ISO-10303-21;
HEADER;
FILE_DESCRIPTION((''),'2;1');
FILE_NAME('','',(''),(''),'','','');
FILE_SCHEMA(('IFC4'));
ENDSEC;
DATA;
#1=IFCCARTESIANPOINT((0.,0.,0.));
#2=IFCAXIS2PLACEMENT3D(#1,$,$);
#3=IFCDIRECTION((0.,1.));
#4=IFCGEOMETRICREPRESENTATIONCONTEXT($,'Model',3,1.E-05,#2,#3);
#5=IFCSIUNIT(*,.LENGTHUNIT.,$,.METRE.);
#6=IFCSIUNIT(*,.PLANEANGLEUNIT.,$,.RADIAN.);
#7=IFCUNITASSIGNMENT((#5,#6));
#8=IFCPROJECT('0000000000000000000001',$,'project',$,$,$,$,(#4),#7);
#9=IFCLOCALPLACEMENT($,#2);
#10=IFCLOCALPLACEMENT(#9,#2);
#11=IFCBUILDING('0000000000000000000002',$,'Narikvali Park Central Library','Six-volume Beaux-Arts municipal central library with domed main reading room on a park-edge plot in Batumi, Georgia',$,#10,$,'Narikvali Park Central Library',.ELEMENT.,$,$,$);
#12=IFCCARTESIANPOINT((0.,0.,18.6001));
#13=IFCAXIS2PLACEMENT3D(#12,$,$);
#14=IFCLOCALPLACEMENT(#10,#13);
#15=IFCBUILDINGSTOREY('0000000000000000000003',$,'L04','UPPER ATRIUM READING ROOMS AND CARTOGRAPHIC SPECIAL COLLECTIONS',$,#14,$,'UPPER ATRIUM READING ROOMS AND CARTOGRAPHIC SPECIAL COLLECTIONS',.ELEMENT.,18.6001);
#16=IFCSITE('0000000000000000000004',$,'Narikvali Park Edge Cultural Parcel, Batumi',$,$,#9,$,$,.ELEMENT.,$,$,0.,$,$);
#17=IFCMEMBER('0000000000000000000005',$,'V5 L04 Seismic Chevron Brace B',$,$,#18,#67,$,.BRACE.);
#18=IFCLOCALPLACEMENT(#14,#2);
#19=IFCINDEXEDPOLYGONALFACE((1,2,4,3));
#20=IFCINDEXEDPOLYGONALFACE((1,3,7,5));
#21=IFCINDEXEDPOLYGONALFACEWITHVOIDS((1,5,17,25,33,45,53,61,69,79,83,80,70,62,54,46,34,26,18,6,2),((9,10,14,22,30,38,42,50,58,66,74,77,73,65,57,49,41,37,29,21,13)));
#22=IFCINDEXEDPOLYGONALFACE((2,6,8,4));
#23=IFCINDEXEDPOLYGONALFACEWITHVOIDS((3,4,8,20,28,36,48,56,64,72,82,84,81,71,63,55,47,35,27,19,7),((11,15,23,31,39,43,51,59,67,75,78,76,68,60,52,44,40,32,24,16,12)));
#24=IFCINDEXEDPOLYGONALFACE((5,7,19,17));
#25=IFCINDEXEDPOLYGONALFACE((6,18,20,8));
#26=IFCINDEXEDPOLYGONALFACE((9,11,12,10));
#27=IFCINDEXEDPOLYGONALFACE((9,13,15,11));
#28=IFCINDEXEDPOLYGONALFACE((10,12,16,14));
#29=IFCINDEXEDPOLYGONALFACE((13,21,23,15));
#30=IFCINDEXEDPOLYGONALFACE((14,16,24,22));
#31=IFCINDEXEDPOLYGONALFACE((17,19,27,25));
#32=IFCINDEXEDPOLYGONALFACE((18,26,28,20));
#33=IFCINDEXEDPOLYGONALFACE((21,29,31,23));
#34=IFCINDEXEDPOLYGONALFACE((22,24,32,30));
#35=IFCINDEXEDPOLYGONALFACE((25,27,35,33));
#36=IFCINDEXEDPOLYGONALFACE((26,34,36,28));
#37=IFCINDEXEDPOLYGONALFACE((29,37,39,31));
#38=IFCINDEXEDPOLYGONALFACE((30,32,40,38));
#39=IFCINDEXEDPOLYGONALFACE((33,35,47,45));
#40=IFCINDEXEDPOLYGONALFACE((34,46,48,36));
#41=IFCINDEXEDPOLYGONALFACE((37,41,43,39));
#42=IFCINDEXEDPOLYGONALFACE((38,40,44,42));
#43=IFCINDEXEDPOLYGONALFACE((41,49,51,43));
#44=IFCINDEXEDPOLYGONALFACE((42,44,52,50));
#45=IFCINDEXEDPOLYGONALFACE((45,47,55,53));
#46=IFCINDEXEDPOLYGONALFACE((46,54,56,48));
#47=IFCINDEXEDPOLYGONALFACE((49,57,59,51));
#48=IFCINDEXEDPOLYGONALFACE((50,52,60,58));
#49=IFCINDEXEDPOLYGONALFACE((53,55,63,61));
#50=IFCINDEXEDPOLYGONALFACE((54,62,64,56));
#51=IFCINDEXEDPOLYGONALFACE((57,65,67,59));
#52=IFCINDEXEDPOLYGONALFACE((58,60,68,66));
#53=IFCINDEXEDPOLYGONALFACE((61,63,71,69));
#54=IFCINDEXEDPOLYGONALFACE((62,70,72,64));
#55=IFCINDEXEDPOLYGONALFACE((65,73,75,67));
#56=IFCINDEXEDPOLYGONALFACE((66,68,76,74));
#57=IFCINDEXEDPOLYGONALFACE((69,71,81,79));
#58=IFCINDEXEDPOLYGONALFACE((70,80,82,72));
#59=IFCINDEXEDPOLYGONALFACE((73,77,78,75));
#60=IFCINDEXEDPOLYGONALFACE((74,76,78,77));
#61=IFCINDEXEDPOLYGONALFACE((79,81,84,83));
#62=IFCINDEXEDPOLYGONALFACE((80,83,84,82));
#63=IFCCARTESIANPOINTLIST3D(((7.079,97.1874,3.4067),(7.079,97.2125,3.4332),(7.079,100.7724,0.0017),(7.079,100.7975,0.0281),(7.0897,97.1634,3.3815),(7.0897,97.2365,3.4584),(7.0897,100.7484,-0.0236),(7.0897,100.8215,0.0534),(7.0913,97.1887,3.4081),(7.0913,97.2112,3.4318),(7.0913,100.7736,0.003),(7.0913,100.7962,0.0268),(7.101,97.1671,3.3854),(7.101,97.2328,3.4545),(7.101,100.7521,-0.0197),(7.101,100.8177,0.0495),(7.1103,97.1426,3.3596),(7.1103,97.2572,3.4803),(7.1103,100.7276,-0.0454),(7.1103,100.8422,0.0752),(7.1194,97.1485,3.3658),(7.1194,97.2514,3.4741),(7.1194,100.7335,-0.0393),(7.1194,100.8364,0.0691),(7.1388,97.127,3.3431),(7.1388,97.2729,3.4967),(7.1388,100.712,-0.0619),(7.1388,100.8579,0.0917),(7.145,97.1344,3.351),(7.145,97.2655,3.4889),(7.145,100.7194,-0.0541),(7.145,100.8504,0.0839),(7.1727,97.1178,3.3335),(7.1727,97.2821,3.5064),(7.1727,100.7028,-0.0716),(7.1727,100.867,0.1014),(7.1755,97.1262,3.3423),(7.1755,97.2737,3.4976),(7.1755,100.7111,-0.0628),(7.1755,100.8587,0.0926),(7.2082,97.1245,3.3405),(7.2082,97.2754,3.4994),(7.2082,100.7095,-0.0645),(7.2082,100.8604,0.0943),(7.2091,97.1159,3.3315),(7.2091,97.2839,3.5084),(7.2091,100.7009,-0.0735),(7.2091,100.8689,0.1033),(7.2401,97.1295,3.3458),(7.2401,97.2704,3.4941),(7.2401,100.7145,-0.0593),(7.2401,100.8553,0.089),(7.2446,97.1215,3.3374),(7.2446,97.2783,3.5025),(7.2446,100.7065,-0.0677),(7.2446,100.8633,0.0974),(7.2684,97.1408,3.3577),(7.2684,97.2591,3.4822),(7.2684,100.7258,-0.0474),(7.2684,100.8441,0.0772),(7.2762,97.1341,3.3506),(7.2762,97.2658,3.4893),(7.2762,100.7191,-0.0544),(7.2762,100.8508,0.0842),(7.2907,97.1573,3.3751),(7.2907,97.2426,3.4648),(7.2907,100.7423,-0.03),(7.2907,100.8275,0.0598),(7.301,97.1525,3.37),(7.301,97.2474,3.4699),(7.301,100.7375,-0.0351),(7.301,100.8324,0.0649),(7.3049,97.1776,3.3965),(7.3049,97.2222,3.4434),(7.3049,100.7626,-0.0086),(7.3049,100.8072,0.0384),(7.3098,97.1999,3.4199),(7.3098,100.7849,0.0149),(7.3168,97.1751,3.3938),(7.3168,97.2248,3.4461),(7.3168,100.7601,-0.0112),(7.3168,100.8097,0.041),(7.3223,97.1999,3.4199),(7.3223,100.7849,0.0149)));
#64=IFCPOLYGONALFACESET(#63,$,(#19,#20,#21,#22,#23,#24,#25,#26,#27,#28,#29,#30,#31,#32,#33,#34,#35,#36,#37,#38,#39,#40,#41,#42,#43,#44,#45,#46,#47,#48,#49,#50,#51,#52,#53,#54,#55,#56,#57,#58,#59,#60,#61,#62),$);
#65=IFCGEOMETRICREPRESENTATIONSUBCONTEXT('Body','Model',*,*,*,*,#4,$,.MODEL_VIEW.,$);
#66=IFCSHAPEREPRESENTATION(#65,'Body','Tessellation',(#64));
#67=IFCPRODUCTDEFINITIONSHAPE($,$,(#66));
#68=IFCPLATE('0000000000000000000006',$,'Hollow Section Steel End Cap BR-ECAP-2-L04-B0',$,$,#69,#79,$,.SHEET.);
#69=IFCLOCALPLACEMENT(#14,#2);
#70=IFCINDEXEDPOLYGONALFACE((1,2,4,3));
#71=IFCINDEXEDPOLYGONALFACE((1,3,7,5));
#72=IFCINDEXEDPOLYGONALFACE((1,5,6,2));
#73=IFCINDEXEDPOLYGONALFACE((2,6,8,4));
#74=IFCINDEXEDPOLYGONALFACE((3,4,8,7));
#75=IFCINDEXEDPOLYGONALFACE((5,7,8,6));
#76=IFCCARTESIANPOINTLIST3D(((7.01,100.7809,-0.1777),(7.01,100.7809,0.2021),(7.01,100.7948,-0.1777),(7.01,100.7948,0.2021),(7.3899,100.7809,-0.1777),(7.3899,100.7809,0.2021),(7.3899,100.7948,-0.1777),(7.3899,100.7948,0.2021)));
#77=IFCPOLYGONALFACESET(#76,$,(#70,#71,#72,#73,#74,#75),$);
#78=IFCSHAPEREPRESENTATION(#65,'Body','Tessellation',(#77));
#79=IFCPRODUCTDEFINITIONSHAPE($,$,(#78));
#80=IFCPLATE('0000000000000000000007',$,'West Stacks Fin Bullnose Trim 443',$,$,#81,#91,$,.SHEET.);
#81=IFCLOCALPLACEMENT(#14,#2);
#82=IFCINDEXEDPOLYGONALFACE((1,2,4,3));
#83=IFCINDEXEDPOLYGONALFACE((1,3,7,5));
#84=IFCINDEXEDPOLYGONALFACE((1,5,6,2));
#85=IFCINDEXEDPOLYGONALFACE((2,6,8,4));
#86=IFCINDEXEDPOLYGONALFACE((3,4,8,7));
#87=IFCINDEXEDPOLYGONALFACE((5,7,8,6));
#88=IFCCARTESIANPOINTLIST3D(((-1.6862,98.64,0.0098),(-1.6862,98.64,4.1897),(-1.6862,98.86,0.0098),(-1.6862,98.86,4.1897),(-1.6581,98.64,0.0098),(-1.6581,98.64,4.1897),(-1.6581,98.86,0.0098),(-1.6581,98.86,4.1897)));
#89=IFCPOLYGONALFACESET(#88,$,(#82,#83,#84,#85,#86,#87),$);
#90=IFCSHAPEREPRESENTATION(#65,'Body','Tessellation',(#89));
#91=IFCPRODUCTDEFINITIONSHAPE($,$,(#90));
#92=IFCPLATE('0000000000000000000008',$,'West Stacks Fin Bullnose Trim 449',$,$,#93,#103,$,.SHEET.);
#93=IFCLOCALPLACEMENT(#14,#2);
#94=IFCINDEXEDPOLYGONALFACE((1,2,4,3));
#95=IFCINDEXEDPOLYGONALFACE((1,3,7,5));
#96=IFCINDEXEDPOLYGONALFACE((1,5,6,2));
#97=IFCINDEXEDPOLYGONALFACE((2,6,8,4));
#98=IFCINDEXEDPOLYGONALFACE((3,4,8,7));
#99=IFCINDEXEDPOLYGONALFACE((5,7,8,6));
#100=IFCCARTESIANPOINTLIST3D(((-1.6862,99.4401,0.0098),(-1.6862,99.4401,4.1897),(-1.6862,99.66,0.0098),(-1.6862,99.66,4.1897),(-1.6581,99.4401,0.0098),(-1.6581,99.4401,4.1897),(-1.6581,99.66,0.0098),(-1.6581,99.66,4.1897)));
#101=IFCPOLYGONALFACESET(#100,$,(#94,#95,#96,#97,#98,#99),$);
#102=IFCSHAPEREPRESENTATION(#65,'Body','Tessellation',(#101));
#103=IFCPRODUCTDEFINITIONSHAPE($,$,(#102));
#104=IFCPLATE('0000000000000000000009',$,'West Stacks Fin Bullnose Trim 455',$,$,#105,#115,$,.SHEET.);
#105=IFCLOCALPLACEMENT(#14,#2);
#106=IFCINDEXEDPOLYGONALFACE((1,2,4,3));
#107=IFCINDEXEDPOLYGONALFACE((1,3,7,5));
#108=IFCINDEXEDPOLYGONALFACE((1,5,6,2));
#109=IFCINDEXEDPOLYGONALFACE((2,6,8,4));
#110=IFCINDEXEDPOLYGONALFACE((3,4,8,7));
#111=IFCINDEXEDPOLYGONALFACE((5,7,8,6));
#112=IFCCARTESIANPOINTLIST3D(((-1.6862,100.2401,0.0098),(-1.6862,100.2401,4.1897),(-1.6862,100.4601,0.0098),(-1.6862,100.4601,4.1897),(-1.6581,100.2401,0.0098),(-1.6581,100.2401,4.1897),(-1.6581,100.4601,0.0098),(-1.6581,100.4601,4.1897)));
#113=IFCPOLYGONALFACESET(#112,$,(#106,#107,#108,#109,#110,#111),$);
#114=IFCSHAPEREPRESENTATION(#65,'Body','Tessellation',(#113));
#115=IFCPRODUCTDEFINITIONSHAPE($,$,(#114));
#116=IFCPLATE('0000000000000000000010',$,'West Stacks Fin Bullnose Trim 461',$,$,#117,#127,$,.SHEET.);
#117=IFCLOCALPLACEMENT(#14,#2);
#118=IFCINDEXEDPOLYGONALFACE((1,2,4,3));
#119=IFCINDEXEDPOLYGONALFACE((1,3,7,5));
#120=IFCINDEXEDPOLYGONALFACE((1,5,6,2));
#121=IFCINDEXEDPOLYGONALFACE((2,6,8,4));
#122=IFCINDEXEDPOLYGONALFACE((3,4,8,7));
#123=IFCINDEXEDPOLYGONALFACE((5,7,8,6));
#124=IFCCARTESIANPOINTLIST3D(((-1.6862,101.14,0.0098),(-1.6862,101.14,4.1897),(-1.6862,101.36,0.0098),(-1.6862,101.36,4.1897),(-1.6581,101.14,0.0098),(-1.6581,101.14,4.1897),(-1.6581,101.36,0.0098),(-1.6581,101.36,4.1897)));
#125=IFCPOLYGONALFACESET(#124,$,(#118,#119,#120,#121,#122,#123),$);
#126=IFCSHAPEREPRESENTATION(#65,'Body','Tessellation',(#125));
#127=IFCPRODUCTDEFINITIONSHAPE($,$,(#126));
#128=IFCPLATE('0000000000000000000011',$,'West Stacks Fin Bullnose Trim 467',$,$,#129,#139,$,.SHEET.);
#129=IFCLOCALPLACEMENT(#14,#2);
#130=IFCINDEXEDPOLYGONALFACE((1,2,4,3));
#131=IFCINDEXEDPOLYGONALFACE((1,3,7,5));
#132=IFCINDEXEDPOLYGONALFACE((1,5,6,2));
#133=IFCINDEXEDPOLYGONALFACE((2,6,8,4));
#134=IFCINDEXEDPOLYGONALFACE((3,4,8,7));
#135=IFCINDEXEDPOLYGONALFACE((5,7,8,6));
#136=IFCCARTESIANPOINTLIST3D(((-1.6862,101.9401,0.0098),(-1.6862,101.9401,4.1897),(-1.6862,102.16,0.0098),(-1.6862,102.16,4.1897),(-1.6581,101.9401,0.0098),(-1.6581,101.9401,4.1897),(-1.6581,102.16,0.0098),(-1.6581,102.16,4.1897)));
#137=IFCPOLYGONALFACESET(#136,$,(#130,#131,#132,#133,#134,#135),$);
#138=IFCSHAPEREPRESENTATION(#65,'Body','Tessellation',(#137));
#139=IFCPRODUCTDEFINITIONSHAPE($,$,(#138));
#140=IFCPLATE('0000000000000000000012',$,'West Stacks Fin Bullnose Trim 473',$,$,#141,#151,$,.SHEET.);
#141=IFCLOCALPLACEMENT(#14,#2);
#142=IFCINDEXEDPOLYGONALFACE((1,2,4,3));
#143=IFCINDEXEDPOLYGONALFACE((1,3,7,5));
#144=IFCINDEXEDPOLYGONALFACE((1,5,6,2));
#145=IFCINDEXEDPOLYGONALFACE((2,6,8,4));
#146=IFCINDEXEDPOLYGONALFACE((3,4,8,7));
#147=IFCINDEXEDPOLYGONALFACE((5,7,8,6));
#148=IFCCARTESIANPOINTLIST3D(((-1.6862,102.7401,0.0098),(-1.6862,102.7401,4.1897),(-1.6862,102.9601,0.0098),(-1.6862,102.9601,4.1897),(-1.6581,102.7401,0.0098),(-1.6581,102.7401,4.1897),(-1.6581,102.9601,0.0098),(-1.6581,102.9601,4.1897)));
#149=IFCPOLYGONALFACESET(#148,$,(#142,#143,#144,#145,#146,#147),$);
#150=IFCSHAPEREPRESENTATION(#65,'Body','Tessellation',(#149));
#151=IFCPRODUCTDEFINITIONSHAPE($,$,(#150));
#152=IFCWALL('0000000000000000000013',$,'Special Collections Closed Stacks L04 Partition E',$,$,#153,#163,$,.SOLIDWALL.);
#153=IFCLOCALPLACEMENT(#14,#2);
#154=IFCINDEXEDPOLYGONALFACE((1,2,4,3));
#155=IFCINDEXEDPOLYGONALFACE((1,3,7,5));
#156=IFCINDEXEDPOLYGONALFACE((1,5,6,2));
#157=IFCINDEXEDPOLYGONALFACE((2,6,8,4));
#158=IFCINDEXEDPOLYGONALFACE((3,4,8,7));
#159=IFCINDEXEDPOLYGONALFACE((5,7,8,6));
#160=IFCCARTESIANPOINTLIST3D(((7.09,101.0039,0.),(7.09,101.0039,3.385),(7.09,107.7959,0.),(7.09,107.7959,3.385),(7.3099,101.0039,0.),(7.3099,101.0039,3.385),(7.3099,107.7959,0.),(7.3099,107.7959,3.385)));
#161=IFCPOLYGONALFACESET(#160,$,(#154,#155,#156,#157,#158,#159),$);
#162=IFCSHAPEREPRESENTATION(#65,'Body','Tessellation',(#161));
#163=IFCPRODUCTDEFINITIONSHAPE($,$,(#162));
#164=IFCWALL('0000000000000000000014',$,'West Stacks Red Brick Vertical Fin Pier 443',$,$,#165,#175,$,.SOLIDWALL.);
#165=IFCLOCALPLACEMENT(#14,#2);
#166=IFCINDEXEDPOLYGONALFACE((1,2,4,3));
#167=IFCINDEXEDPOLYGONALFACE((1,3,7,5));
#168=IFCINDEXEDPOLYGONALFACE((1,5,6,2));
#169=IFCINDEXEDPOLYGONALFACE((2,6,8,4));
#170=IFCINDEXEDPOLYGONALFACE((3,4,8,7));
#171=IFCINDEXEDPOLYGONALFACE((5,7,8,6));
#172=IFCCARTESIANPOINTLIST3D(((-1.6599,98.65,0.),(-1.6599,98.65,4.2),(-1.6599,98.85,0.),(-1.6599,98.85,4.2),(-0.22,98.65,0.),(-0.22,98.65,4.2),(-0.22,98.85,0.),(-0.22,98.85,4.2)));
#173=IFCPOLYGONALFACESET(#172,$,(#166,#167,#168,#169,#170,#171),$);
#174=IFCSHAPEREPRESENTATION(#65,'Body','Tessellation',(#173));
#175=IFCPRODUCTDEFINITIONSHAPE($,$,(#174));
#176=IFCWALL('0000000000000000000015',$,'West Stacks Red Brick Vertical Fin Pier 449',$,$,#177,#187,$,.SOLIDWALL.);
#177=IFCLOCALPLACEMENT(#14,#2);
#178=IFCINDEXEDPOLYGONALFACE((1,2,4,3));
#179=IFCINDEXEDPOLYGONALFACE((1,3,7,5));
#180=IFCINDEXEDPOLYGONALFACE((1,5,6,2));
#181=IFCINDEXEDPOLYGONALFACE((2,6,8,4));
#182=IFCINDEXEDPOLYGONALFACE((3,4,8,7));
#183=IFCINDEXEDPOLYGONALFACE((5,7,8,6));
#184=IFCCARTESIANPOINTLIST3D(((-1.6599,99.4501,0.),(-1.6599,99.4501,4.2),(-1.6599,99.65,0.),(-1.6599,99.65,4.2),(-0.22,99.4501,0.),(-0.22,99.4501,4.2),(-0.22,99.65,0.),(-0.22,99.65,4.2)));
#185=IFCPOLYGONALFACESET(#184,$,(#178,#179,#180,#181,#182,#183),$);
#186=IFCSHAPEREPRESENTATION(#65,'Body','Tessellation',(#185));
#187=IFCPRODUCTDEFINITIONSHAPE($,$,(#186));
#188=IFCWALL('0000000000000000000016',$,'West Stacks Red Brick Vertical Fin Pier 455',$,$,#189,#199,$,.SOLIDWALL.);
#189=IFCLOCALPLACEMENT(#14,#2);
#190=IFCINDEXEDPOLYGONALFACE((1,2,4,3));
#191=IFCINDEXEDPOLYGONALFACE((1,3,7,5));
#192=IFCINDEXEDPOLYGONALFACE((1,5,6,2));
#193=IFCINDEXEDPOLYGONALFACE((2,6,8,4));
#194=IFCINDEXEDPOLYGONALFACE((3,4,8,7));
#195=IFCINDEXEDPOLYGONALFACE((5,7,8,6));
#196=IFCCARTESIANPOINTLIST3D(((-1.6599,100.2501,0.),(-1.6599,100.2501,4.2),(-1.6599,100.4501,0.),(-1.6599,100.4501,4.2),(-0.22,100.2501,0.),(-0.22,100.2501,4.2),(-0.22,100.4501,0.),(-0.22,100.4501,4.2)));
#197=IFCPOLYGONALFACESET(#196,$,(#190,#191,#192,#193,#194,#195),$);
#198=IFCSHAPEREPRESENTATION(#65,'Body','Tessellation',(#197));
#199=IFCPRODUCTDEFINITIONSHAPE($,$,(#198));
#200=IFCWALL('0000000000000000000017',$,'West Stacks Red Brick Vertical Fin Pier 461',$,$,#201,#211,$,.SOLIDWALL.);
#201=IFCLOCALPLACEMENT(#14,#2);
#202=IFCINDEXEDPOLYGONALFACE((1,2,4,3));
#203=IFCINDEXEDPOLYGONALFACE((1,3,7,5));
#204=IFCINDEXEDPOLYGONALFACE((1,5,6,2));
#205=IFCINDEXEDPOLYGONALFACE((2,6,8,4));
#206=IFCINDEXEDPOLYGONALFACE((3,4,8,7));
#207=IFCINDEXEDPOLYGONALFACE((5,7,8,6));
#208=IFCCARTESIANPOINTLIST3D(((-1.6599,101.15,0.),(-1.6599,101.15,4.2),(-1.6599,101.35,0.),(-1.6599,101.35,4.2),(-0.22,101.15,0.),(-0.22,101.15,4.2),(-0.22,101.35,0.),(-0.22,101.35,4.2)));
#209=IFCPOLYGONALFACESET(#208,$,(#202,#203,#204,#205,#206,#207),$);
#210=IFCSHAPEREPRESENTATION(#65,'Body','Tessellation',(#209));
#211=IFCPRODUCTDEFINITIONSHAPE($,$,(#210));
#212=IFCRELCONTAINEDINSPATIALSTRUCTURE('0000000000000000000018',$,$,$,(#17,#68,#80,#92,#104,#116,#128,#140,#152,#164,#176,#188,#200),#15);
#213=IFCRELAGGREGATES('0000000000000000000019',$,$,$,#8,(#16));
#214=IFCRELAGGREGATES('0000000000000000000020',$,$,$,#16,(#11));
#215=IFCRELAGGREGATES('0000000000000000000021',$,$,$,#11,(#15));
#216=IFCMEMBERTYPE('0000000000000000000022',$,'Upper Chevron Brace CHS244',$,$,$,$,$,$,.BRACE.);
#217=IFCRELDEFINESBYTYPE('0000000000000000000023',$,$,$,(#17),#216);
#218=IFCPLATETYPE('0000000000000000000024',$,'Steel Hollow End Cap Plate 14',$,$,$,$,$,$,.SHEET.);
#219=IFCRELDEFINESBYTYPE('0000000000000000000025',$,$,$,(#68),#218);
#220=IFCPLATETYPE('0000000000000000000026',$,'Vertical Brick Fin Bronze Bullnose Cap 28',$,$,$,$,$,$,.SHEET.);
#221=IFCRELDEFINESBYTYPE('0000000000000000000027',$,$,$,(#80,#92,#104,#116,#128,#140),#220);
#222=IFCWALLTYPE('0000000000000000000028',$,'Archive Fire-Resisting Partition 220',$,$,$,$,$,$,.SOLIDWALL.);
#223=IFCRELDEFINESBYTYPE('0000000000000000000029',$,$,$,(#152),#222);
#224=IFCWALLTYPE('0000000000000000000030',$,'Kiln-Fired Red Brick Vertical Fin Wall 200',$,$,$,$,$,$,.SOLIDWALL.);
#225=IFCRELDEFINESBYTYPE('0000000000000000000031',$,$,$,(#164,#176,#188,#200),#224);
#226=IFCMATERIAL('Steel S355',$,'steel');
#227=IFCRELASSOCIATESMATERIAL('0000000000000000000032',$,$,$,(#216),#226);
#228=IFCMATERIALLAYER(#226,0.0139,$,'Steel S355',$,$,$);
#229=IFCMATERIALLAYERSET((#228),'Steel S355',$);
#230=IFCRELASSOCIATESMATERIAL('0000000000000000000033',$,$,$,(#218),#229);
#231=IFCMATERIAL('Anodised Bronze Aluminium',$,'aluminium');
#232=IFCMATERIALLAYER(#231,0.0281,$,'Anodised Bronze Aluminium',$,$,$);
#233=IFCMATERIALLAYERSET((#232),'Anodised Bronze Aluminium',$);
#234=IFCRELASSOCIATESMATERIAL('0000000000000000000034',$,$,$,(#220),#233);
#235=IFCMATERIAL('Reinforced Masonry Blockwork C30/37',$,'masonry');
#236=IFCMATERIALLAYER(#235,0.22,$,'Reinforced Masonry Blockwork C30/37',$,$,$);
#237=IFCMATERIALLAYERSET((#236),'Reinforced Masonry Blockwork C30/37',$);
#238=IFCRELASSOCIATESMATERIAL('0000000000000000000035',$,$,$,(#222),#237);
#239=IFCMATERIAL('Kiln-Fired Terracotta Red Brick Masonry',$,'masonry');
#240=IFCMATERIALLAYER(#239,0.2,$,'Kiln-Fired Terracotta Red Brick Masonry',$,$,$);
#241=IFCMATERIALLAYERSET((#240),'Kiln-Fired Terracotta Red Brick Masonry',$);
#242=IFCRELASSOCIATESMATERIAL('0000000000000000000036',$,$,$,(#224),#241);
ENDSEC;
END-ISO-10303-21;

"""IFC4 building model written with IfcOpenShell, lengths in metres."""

from ifc_helpers import new_model, si_unit, direction, frame, frame_2d, origin, origin_2d, place, context, subcontext, project, spatial, rectangle, hollow_circle, extrude, material, layer, layer_set, material_profile, profile_set, type_object, element, save


model = new_model("IFC4")

# Units and contexts
model_context = context("Model", 3, precision=1e-05, world=origin(), true_north=direction((0.0, 1.0)))
body_context = subcontext(model_context, "Body", "Model", "MODEL_VIEW")
ifc_project = project(units=[si_unit("LENGTHUNIT", "METRE"), si_unit("PLANEANGLEUNIT", "RADIAN")], contexts=[model_context])

# Site, building, storey
site_placement = place(None, origin())
site = spatial("IfcSite", under=ifc_project, at=site_placement, Name="Narikvali Park Edge Cultural Parcel, Batumi", CompositionType="ELEMENT", RefElevation=0.0)
building_placement = place(site_placement, origin())
building = spatial("IfcBuilding", under=site, at=building_placement, Name="Narikvali Park Central Library", Description="Six-volume Beaux-Arts municipal central library with domed main reading room on a park-edge plot in Batumi, Georgia", LongName="Narikvali Park Central Library", CompositionType="ELEMENT")
storey_placement = place(building_placement, frame((0.0, 0.0, 18.6001)))
storey = spatial("IfcBuildingStorey", under=building, at=storey_placement, Name="L04", Description="UPPER ATRIUM READING ROOMS AND CARTOGRAPHIC SPECIAL COLLECTIONS", LongName="UPPER ATRIUM READING ROOMS AND CARTOGRAPHIC SPECIAL COLLECTIONS", CompositionType="ELEMENT", Elevation=18.6001)

# Shared definitions
ifc_material_1 = material(Name="Steel S355", Category="steel")

# Member
ifc_material_profile_1 = material_profile(ifc_material_1, hollow_circle(Radius=0.1223, WallThickness=0.0125, at=origin_2d()), Name="CHS 244.5x12.5")
ifc_profile_set_1 = profile_set([ifc_material_profile_1], Name="Steel S355")
member_type = type_object("IfcMemberType", Name="Upper Chevron Brace CHS244", PredefinedType="BRACE", material=ifc_profile_set_1)
member_placement = place(storey_placement, frame((7.2, 100.7849, 0.0149), z_axis=(0.0, -0.725068, 0.688677), x_axis=(1.0, 0.0, 0.0)))
element("IfcMember", 1, at=member_placement, inside=storey, type_object=member_type, Name="V5 L04 Seismic Chevron Brace B", PredefinedType="BRACE", context=body_context, shape_type="SweptSolid", body=[
    extrude(hollow_circle(Radius=0.1223, WallThickness=0.0125, at=origin_2d()), origin(), (0.0, 0.0, 1.0), 4.9443),
])

# Plates
ifc_layer_1 = layer(ifc_material_1, 0.0139, Name="Steel S355")
ifc_layer_set_1 = layer_set([ifc_layer_1], Name="Steel S355")
plate_type_1 = type_object("IfcPlateType", Name="Steel Hollow End Cap Plate 14", PredefinedType="SHEET", material=ifc_layer_set_1)
plate_placement = place(storey_placement, frame((7.2, 100.7878, -0.1777), z_axis=(0.0, 0.0, 1.0), x_axis=(1.0, 0.0, 0.0)))
element("IfcPlate", 2, at=plate_placement, inside=storey, type_object=plate_type_1, Name="Hollow Section Steel End Cap BR-ECAP-2-L04-B0", PredefinedType="SHEET", context=body_context, shape_type="SweptSolid", body=[
    extrude(rectangle(XDim=0.3799, YDim=0.0139, at=origin_2d()), origin(), (0.0, 0.0, 1.0), 0.3799),
])
ifc_material_2 = material(Name="Anodised Bronze Aluminium", Category="aluminium")
ifc_layer_2 = layer(ifc_material_2, 0.0281, Name="Anodised Bronze Aluminium")
ifc_layer_set_2 = layer_set([ifc_layer_2], Name="Anodised Bronze Aluminium")
plate_type_2 = type_object("IfcPlateType", Name="Vertical Brick Fin Bronze Bullnose Cap 28", PredefinedType="SHEET", material=ifc_layer_set_2)
for number, where, z_axis, x_axis, name in (
    (3, (-1.6721, 98.75, 0.0098), (0.0, 0.0, 1.0), (1.0, 0.0, 0.0), "West Stacks Fin Bullnose Trim 443"),
    (4, (-1.6721, 99.55, 0.0098), (0.0, 0.0, 1.0), (1.0, 0.0, 0.0), "West Stacks Fin Bullnose Trim 449"),
    (5, (-1.6721, 100.3501, 0.0098), (0.0, 0.0, 1.0), (1.0, 0.0, 0.0), "West Stacks Fin Bullnose Trim 455"),
    (6, (-1.6721, 101.25, 0.0098), (0.0, 0.0, 1.0), (1.0, 0.0, 0.0), "West Stacks Fin Bullnose Trim 461"),
    (7, (-1.6721, 102.05, 0.0098), (0.0, 0.0, 1.0), (1.0, 0.0, 0.0), "West Stacks Fin Bullnose Trim 467"),
    (8, (-1.6721, 102.8501, 0.0098), (0.0, 0.0, 1.0), (1.0, 0.0, 0.0), "West Stacks Fin Bullnose Trim 473"),
):
    element("IfcPlate", number, at=place(storey_placement, frame(where, z_axis=z_axis, x_axis=x_axis)), inside=storey, type_object=plate_type_2, Name=name, PredefinedType="SHEET", context=body_context, shape_type="SweptSolid", body=[
        extrude(rectangle(XDim=0.0281, YDim=0.22, at=origin_2d()), origin(), (0.0, 0.0, 1.0), 4.1799),
    ])

# Walls
ifc_material_3 = material(Name="Reinforced Masonry Blockwork C30/37", Category="masonry")
ifc_layer_3 = layer(ifc_material_3, 0.22, Name="Reinforced Masonry Blockwork C30/37")
ifc_layer_set_3 = layer_set([ifc_layer_3], Name="Reinforced Masonry Blockwork C30/37")
wall_type_1 = type_object("IfcWallType", Name="Archive Fire-Resisting Partition 220", PredefinedType="SOLIDWALL", material=ifc_layer_set_3)
wall_1_placement = place(storey_placement, frame((7.2, 101.0039, 0.0), z_axis=(0.0, 0.0, 1.0), x_axis=(0.0, 1.0, 0.0)))
element("IfcWall", 9, at=wall_1_placement, inside=storey, type_object=wall_type_1, Name="Special Collections Closed Stacks L04 Partition E", PredefinedType="SOLIDWALL", context=body_context, shape_type="SweptSolid", body=[
    extrude(rectangle(XDim=6.792, YDim=0.22, at=frame_2d((3.396, 0.0))), origin(), (0.0, 0.0, 1.0), 3.385),
])
ifc_material_4 = material(Name="Kiln-Fired Terracotta Red Brick Masonry", Category="masonry")
ifc_layer_4 = layer(ifc_material_4, 0.2, Name="Kiln-Fired Terracotta Red Brick Masonry")
ifc_layer_set_4 = layer_set([ifc_layer_4], Name="Kiln-Fired Terracotta Red Brick Masonry")
wall_type_2 = type_object("IfcWallType", Name="Kiln-Fired Red Brick Vertical Fin Wall 200", PredefinedType="SOLIDWALL", material=ifc_layer_set_4)
for number, where, z_axis, x_axis, name in (
    (10, (-1.6599, 98.75, 0.0), (0.0, 0.0, 1.0), (1.0, 0.0, 0.0), "West Stacks Red Brick Vertical Fin Pier 443"),
    (11, (-1.6599, 99.55, 0.0), (0.0, 0.0, 1.0), (1.0, 0.0, 0.0), "West Stacks Red Brick Vertical Fin Pier 449"),
    (12, (-1.6599, 100.3501, 0.0), (0.0, 0.0, 1.0), (1.0, 0.0, 0.0), "West Stacks Red Brick Vertical Fin Pier 455"),
    (13, (-1.6599, 101.25, 0.0), (0.0, 0.0, 1.0), (1.0, 0.0, 0.0), "West Stacks Red Brick Vertical Fin Pier 461"),
):
    element("IfcWall", number, at=place(storey_placement, frame(where, z_axis=z_axis, x_axis=x_axis)), inside=storey, type_object=wall_type_2, Name=name, PredefinedType="SOLIDWALL", context=body_context, shape_type="SweptSolid", body=[
        extrude(rectangle(XDim=1.4399, YDim=0.2, at=frame_2d((0.72, 0.0))), origin(), (0.0, 0.0, 1.0), 4.2),
    ])

save(model, "model.ifc")
